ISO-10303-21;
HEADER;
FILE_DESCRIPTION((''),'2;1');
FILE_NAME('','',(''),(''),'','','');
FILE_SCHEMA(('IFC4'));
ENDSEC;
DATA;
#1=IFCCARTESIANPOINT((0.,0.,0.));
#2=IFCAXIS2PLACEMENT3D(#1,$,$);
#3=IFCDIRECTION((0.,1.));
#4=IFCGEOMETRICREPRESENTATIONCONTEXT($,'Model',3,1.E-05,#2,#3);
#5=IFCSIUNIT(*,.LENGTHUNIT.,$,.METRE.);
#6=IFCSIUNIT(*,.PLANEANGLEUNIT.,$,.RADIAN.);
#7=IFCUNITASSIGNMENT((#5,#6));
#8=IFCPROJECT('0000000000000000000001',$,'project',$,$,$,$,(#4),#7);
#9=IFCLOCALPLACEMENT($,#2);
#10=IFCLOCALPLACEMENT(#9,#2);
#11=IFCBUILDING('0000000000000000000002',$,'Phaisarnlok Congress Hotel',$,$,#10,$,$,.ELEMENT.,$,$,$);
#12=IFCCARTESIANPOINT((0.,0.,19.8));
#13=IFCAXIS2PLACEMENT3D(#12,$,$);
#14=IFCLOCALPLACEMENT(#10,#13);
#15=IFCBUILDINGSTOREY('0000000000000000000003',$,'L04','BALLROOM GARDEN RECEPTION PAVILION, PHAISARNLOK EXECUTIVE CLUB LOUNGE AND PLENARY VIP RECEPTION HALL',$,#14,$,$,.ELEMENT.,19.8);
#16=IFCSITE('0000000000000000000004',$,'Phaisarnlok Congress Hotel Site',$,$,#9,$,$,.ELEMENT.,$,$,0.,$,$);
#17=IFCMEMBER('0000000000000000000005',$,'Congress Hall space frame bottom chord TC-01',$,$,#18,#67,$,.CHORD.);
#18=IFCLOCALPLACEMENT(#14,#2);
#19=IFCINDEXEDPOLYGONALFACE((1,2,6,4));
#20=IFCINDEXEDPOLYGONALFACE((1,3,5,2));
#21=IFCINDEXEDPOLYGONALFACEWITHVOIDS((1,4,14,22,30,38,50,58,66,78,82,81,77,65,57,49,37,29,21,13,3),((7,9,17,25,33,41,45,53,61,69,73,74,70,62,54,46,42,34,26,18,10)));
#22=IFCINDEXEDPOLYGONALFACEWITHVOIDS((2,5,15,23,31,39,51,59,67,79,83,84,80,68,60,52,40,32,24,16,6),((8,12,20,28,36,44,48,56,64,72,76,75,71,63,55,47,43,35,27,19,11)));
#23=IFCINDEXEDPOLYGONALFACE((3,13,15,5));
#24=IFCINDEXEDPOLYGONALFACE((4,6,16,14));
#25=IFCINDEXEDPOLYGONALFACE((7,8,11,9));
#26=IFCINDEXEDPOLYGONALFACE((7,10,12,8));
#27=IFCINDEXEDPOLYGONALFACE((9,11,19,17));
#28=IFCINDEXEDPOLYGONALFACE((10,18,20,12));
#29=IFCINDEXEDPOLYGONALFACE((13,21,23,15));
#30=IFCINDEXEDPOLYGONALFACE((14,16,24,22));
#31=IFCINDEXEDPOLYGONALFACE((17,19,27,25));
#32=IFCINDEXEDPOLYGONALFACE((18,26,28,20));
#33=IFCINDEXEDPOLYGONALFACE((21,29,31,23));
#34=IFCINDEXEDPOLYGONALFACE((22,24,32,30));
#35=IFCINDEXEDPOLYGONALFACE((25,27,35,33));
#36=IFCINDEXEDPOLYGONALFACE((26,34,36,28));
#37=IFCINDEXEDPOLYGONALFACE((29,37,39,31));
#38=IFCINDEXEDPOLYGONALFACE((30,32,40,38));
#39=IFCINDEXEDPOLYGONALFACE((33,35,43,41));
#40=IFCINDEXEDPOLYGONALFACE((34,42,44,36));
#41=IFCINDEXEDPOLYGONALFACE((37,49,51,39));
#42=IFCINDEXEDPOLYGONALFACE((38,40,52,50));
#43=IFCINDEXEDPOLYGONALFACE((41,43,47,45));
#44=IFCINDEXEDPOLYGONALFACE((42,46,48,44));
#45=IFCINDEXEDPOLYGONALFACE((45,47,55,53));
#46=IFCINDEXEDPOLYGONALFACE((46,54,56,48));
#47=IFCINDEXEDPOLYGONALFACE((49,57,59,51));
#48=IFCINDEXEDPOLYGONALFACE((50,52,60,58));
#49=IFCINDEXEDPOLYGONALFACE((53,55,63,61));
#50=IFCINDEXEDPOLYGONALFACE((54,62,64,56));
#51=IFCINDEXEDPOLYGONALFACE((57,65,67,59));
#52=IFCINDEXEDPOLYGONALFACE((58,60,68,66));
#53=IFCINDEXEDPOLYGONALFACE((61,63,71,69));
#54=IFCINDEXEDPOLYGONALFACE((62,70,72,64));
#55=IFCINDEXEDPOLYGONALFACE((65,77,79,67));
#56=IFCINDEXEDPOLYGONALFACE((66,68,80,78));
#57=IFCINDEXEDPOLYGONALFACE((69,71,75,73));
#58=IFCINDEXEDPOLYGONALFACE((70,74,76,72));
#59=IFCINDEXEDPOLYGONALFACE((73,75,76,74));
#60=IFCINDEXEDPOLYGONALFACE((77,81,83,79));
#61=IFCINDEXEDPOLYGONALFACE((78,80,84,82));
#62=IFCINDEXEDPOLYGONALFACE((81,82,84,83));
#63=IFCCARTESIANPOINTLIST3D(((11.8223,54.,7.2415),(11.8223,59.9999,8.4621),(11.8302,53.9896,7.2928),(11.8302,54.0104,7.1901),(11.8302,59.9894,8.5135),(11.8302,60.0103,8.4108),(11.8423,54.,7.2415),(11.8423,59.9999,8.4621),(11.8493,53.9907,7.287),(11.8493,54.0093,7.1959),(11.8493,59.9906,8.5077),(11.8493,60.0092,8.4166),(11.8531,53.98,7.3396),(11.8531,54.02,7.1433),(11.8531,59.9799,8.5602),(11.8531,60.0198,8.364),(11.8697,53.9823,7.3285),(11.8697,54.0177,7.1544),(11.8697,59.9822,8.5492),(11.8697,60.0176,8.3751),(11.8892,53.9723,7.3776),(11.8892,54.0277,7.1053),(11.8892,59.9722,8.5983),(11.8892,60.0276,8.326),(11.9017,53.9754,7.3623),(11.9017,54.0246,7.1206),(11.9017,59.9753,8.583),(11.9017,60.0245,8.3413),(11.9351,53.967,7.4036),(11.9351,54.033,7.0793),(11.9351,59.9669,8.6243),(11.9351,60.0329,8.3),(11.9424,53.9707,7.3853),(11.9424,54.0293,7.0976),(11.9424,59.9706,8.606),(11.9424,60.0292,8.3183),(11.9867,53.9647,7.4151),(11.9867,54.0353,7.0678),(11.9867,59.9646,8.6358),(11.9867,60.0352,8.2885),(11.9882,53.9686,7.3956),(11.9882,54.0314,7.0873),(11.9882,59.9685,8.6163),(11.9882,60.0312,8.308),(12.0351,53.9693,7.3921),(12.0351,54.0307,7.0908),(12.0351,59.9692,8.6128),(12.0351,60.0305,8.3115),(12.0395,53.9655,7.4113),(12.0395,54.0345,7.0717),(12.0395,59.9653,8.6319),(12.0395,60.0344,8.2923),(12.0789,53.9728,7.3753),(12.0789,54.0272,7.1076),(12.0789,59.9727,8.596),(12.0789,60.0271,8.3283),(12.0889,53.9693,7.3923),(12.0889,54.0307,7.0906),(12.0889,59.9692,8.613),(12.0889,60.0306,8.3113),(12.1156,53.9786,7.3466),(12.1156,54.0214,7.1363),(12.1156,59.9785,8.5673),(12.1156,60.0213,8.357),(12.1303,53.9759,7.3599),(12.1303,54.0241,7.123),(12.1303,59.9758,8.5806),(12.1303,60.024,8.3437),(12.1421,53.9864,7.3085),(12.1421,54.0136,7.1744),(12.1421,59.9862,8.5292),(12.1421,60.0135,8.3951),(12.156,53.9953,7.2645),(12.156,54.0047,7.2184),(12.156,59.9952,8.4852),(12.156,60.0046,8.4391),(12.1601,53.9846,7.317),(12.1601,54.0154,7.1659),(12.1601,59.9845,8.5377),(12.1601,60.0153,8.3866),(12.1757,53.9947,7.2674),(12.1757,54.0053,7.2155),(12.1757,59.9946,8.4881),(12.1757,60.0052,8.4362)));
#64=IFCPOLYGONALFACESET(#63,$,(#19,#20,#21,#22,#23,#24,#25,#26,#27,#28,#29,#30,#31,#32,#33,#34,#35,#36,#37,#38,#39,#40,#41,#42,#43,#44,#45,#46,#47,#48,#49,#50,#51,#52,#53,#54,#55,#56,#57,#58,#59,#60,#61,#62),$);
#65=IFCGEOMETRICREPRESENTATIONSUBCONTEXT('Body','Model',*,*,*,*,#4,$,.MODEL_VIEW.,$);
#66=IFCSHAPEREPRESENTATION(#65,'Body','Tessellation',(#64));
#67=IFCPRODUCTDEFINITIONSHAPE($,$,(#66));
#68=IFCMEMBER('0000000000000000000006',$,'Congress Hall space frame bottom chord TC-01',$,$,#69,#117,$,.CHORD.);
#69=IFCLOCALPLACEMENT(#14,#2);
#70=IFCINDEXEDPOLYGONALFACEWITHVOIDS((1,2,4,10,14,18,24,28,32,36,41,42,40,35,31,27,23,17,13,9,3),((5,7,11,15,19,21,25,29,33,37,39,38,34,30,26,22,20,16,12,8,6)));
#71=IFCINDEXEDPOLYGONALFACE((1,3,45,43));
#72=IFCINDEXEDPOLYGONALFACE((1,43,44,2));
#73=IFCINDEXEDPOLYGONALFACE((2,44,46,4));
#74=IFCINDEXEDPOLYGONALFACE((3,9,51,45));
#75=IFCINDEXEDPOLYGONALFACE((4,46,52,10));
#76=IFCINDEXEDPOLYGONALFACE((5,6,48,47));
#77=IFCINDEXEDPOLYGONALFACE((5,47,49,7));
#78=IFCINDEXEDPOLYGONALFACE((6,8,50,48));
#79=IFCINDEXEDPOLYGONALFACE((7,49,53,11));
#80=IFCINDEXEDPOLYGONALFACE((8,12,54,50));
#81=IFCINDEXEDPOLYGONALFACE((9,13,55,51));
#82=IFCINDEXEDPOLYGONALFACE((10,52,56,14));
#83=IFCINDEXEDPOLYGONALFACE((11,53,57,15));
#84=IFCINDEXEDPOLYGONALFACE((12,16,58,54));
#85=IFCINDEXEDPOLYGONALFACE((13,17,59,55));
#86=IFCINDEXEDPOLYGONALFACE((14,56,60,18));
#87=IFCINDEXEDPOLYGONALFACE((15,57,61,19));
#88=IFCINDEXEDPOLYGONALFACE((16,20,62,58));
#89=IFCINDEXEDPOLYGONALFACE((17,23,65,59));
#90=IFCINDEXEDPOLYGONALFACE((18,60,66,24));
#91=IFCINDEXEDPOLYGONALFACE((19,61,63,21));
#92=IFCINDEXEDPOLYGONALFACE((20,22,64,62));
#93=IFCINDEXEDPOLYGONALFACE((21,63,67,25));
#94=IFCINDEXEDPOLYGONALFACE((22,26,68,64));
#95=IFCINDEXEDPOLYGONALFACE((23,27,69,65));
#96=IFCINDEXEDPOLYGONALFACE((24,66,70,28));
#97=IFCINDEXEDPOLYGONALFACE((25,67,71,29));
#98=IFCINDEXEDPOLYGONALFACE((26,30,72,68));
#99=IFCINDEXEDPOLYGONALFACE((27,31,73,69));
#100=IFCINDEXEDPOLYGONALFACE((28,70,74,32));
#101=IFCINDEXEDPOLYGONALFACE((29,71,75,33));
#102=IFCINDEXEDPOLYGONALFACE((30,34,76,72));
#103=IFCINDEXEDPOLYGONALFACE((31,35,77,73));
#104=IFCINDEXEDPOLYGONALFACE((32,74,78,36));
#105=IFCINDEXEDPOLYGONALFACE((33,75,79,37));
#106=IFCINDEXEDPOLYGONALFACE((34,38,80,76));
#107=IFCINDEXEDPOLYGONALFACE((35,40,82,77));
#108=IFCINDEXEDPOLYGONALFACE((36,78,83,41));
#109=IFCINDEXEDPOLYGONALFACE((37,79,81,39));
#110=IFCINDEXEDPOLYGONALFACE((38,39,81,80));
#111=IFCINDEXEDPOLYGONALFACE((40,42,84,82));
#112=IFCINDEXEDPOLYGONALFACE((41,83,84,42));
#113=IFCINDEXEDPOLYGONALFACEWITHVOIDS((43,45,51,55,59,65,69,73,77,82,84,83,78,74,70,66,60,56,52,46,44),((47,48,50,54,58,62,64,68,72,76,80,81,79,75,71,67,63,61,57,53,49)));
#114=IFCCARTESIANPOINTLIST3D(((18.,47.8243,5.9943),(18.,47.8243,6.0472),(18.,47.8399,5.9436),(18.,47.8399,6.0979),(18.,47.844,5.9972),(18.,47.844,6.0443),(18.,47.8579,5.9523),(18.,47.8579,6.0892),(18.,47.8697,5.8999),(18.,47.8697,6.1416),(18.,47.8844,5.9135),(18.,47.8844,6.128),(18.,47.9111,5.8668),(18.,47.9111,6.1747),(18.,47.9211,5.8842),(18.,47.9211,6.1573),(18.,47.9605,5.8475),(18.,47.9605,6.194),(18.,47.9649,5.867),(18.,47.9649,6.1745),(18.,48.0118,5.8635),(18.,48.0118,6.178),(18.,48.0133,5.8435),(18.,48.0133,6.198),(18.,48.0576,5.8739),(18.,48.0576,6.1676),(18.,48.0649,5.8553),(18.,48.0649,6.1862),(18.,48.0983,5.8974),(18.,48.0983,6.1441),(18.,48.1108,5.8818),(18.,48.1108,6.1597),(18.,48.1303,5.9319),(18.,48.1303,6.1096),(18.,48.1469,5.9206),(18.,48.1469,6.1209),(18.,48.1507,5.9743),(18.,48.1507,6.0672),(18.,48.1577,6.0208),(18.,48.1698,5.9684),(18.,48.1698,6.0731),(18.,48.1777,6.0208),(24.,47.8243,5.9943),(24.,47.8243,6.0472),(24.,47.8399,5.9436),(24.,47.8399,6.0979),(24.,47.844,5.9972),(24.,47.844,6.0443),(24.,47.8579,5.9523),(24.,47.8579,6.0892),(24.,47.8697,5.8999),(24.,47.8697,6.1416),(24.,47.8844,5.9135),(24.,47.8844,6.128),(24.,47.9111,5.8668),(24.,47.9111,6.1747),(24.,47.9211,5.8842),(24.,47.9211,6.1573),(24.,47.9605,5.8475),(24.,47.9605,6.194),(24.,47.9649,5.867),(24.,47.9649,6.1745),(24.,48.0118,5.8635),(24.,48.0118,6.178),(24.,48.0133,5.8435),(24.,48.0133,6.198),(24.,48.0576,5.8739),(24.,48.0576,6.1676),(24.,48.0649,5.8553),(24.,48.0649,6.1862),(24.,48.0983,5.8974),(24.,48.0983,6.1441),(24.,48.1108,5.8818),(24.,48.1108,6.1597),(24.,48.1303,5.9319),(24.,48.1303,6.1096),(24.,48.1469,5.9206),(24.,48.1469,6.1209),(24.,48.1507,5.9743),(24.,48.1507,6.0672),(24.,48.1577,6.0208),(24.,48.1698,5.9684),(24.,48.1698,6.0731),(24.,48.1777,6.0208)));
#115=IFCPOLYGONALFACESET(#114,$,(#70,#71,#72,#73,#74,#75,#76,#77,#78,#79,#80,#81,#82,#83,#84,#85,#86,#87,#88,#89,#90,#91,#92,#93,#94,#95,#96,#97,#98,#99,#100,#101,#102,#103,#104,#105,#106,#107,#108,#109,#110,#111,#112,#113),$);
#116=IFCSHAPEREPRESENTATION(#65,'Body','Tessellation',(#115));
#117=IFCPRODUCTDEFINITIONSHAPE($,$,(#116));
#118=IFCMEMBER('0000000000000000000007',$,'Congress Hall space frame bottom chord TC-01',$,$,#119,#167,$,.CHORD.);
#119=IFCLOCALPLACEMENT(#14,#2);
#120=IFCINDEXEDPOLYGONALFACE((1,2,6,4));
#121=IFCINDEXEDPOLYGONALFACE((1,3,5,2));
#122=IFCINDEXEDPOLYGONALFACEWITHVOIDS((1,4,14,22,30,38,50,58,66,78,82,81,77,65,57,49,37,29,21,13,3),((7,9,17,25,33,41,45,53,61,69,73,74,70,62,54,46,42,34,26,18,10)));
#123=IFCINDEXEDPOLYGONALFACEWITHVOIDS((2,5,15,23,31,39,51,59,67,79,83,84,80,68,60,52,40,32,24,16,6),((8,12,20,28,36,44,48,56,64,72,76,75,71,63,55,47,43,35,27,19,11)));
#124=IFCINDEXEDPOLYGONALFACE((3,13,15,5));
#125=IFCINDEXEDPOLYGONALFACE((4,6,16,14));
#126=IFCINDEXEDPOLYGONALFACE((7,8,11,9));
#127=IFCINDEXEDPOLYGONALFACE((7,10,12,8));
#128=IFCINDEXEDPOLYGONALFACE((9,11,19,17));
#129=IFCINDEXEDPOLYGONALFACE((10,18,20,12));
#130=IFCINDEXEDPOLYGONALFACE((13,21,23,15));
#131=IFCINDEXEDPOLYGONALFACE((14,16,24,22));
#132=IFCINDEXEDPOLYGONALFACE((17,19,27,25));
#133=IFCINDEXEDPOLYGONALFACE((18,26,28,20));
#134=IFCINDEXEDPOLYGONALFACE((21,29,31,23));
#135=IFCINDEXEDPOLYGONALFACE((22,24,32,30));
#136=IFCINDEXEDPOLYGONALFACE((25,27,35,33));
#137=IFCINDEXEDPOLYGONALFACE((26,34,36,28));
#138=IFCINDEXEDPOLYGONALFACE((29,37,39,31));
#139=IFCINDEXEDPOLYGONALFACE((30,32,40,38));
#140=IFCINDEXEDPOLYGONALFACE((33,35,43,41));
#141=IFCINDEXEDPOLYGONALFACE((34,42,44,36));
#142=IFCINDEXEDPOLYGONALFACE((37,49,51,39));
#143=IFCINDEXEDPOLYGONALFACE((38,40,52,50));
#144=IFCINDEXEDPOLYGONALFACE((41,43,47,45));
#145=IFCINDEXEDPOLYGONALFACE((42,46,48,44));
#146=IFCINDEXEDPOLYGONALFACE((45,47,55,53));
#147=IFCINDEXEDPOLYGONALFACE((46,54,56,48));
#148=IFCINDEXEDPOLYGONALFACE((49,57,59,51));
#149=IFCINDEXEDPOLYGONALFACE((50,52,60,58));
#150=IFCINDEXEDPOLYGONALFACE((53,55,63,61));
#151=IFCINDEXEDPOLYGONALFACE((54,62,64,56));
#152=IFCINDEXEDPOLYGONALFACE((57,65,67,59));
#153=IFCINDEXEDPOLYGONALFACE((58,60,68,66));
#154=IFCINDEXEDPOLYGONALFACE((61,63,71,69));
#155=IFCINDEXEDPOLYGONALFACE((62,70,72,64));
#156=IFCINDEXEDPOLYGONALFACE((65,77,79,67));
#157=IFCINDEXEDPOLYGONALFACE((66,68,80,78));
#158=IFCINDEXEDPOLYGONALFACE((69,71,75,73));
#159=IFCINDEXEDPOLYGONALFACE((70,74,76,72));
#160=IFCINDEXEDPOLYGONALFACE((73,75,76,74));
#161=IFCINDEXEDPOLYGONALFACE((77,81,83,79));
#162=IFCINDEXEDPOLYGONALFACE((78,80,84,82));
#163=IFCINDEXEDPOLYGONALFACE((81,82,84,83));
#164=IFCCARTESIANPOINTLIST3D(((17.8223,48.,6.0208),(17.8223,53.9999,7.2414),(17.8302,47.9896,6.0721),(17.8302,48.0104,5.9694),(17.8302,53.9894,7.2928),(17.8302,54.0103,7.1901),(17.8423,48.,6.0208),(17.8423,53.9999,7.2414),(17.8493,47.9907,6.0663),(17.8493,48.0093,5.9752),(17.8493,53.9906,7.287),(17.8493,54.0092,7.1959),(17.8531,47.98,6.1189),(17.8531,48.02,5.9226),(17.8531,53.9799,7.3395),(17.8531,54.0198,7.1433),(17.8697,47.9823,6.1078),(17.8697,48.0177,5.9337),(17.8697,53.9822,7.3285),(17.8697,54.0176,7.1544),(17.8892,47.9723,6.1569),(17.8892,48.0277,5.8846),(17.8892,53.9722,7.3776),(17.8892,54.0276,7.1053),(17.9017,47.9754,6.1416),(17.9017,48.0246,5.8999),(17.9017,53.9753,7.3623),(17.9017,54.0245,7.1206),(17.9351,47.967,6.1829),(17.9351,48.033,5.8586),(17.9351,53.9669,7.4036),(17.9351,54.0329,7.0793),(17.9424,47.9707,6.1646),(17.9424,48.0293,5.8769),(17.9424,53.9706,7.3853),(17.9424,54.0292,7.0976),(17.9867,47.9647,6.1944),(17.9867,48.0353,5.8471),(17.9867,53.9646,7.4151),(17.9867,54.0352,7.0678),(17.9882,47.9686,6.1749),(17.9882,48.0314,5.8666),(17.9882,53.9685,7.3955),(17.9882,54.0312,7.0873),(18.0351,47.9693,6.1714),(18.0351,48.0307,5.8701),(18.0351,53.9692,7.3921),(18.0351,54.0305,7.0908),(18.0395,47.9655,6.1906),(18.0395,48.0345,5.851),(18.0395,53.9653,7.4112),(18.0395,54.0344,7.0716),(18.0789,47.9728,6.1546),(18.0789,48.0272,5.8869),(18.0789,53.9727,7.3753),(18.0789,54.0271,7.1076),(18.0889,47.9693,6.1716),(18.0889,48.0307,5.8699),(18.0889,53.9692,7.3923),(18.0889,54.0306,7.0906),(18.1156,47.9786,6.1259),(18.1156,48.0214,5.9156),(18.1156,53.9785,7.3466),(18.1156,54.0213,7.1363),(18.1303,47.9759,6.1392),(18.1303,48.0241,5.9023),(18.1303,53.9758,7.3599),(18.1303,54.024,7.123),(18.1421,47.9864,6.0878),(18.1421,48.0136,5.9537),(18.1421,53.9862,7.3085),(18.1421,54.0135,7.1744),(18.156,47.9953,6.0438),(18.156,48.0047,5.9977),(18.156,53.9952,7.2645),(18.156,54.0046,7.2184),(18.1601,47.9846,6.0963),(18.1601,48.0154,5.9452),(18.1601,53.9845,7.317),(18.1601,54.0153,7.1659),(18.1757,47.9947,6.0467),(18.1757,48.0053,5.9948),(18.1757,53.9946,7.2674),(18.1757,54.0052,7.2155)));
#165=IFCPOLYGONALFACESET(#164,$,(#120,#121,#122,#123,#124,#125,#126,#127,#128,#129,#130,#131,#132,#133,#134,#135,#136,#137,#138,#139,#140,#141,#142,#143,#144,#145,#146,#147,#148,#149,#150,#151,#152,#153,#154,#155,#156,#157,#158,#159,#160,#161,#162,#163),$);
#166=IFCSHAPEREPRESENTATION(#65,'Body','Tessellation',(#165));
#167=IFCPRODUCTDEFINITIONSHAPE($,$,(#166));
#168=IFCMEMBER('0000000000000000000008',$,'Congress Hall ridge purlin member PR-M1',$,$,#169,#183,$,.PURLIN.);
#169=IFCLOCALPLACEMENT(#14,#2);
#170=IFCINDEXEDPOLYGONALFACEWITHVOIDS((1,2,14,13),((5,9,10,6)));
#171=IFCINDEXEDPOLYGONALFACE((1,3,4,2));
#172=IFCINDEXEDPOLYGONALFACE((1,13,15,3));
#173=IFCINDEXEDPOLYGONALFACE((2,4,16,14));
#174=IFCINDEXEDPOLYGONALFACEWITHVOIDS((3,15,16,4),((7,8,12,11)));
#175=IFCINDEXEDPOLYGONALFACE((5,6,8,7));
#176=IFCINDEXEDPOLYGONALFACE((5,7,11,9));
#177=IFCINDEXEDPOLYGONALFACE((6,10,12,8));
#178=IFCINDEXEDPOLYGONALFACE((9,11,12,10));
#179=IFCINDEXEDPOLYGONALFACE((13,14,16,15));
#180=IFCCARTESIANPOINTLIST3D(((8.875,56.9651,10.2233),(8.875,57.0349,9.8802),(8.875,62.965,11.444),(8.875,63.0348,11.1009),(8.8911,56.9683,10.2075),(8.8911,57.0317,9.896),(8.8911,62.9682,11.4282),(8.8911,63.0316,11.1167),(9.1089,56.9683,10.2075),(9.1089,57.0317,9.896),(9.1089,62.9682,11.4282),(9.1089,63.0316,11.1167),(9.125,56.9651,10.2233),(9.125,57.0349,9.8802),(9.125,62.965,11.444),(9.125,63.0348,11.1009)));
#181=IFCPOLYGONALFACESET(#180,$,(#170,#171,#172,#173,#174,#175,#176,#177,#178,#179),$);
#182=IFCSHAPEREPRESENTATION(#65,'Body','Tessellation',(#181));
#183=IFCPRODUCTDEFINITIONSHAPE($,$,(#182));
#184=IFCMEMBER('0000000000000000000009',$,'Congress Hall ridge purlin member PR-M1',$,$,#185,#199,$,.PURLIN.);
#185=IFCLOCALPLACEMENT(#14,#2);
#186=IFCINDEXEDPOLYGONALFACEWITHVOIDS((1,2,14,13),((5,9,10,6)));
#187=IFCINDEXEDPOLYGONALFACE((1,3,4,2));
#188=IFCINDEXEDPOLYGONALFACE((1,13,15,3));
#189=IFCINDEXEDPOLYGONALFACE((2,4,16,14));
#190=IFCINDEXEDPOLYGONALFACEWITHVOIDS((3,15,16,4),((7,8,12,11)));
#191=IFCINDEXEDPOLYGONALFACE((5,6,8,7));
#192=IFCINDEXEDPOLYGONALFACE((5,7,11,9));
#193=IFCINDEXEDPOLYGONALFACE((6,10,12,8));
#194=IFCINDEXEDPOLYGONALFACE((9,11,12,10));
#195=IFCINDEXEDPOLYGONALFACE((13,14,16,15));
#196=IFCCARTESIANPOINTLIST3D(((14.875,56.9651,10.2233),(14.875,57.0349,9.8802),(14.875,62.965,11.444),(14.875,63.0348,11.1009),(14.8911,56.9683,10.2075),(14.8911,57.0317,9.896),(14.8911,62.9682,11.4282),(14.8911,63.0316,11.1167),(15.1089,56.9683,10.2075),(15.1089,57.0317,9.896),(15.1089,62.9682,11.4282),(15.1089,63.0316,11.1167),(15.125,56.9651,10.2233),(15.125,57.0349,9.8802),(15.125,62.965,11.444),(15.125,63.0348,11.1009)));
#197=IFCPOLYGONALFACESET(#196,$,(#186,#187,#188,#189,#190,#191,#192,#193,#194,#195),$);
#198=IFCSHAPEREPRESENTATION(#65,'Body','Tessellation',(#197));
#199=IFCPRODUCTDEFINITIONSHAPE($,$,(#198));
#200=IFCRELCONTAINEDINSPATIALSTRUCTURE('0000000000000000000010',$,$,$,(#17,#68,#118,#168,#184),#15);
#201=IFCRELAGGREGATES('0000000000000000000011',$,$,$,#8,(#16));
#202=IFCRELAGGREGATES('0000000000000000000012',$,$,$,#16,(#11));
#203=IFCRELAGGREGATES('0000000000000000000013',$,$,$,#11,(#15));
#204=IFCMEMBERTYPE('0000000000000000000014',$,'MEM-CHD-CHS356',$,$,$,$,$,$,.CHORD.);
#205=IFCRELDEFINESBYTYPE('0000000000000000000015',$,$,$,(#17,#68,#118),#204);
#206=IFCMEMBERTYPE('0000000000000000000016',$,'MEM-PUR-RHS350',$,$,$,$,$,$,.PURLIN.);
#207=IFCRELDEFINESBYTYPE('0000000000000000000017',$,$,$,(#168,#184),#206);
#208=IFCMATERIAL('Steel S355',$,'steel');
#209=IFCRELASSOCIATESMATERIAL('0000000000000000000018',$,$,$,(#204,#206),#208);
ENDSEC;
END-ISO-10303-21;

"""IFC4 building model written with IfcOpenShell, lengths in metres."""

from ifc_helpers import new_model, si_unit, direction, frame, origin, origin_2d, place, context, subcontext, project, spatial, hollow_rectangle, hollow_circle, extrude, material, material_profile, profile_set, type_object, element, save


model = new_model("IFC4")

# Units and contexts
model_context = context("Model", 3, precision=1e-05, world=origin(), true_north=direction((0.0, 1.0)))
body_context = subcontext(model_context, "Body", "Model", "MODEL_VIEW")
ifc_project = project(units=[si_unit("LENGTHUNIT", "METRE"), si_unit("PLANEANGLEUNIT", "RADIAN")], contexts=[model_context])

# Site, building, storey
site_placement = place(None, origin())
site = spatial("IfcSite", under=ifc_project, at=site_placement, Name="Phaisarnlok Congress Hotel Site", CompositionType="ELEMENT", RefElevation=0.0)
building_placement = place(site_placement, origin())
building = spatial("IfcBuilding", under=site, at=building_placement, Name="Phaisarnlok Congress Hotel", CompositionType="ELEMENT")
storey_placement = place(building_placement, frame((0.0, 0.0, 19.8)))
storey = spatial("IfcBuildingStorey", under=building, at=storey_placement, Name="L04", Description="BALLROOM GARDEN RECEPTION PAVILION, PHAISARNLOK EXECUTIVE CLUB LOUNGE AND PLENARY VIP RECEPTION HALL", CompositionType="ELEMENT", Elevation=19.8)

# Members
ifc_material = material(Name="Steel S355", Category="steel")
ifc_material_profile_1 = material_profile(ifc_material, hollow_circle(Radius=0.1777, WallThickness=0.02, at=origin_2d()), Name="CHS 355.6x20")
ifc_profile_set_1 = profile_set([ifc_material_profile_1], Name="Steel S355")
member_type_1 = type_object("IfcMemberType", Name="MEM-CHD-CHS356", PredefinedType="CHORD", material=ifc_profile_set_1)
member_1_placement = place(storey_placement, frame((12.0, 54.0, 7.2415), z_axis=(0.0, 0.979925, 0.199366), x_axis=(-1.0, 0.0, 0.0)))
element("IfcMember", 1, at=member_1_placement, inside=storey, type_object=member_type_1, Name="Congress Hall space frame bottom chord TC-01", PredefinedType="CHORD", context=body_context, shape_type="SweptSolid", body=[
    extrude(hollow_circle(Radius=0.1777, WallThickness=0.02, at=origin_2d()), origin(), (0.0, 0.0, 1.0), 6.1228),
])
member_2_placement = place(storey_placement, frame((18.0, 48.0, 6.0208), z_axis=(1.0, 0.0, 0.0), x_axis=(0.0, 1.0, 0.0)))
element("IfcMember", 2, at=member_2_placement, inside=storey, type_object=member_type_1, Name="Congress Hall space frame bottom chord TC-01", PredefinedType="CHORD", context=body_context, shape_type="SweptSolid", body=[
    extrude(hollow_circle(Radius=0.1777, WallThickness=0.02, at=origin_2d()), origin(), (0.0, 0.0, 1.0), 6.0),
])
member_3_placement = place(storey_placement, frame((18.0, 48.0, 6.0208), z_axis=(0.0, 0.979925, 0.199366), x_axis=(-1.0, 0.0, 0.0)))
element("IfcMember", 3, at=member_3_placement, inside=storey, type_object=member_type_1, Name="Congress Hall space frame bottom chord TC-01", PredefinedType="CHORD", context=body_context, shape_type="SweptSolid", body=[
    extrude(hollow_circle(Radius=0.1777, WallThickness=0.02, at=origin_2d()), origin(), (0.0, 0.0, 1.0), 6.1228),
])
ifc_material_profile_2 = material_profile(ifc_material, hollow_rectangle(XDim=0.25, YDim=0.3501, WallThickness=0.0161, at=origin_2d()), Name="RHS 350x250x16")
ifc_profile_set_2 = profile_set([ifc_material_profile_2], Name="Steel S355")
member_type_2 = type_object("IfcMemberType", Name="MEM-PUR-RHS350", PredefinedType="PURLIN", material=ifc_profile_set_2)
for number, where, z_axis, x_axis, name in (
    (4, (9.0, 57.0, 10.0518), (0.0, 0.979925, 0.199366), (-1.0, 0.0, 0.0), "Congress Hall ridge purlin member PR-M1"),
    (5, (15.0, 57.0, 10.0518), (0.0, 0.979925, 0.199366), (-1.0, 0.0, 0.0), "Congress Hall ridge purlin member PR-M1"),
):
    element("IfcMember", number, at=place(storey_placement, frame(where, z_axis=z_axis, x_axis=x_axis)), inside=storey, type_object=member_type_2, Name=name, PredefinedType="PURLIN", context=body_context, shape_type="SweptSolid", body=[
        extrude(hollow_rectangle(XDim=0.25, YDim=0.3501, WallThickness=0.0161, at=origin_2d()), origin(), (0.0, 0.0, 1.0), 6.1228),
    ])

save(model, "model.ifc")
